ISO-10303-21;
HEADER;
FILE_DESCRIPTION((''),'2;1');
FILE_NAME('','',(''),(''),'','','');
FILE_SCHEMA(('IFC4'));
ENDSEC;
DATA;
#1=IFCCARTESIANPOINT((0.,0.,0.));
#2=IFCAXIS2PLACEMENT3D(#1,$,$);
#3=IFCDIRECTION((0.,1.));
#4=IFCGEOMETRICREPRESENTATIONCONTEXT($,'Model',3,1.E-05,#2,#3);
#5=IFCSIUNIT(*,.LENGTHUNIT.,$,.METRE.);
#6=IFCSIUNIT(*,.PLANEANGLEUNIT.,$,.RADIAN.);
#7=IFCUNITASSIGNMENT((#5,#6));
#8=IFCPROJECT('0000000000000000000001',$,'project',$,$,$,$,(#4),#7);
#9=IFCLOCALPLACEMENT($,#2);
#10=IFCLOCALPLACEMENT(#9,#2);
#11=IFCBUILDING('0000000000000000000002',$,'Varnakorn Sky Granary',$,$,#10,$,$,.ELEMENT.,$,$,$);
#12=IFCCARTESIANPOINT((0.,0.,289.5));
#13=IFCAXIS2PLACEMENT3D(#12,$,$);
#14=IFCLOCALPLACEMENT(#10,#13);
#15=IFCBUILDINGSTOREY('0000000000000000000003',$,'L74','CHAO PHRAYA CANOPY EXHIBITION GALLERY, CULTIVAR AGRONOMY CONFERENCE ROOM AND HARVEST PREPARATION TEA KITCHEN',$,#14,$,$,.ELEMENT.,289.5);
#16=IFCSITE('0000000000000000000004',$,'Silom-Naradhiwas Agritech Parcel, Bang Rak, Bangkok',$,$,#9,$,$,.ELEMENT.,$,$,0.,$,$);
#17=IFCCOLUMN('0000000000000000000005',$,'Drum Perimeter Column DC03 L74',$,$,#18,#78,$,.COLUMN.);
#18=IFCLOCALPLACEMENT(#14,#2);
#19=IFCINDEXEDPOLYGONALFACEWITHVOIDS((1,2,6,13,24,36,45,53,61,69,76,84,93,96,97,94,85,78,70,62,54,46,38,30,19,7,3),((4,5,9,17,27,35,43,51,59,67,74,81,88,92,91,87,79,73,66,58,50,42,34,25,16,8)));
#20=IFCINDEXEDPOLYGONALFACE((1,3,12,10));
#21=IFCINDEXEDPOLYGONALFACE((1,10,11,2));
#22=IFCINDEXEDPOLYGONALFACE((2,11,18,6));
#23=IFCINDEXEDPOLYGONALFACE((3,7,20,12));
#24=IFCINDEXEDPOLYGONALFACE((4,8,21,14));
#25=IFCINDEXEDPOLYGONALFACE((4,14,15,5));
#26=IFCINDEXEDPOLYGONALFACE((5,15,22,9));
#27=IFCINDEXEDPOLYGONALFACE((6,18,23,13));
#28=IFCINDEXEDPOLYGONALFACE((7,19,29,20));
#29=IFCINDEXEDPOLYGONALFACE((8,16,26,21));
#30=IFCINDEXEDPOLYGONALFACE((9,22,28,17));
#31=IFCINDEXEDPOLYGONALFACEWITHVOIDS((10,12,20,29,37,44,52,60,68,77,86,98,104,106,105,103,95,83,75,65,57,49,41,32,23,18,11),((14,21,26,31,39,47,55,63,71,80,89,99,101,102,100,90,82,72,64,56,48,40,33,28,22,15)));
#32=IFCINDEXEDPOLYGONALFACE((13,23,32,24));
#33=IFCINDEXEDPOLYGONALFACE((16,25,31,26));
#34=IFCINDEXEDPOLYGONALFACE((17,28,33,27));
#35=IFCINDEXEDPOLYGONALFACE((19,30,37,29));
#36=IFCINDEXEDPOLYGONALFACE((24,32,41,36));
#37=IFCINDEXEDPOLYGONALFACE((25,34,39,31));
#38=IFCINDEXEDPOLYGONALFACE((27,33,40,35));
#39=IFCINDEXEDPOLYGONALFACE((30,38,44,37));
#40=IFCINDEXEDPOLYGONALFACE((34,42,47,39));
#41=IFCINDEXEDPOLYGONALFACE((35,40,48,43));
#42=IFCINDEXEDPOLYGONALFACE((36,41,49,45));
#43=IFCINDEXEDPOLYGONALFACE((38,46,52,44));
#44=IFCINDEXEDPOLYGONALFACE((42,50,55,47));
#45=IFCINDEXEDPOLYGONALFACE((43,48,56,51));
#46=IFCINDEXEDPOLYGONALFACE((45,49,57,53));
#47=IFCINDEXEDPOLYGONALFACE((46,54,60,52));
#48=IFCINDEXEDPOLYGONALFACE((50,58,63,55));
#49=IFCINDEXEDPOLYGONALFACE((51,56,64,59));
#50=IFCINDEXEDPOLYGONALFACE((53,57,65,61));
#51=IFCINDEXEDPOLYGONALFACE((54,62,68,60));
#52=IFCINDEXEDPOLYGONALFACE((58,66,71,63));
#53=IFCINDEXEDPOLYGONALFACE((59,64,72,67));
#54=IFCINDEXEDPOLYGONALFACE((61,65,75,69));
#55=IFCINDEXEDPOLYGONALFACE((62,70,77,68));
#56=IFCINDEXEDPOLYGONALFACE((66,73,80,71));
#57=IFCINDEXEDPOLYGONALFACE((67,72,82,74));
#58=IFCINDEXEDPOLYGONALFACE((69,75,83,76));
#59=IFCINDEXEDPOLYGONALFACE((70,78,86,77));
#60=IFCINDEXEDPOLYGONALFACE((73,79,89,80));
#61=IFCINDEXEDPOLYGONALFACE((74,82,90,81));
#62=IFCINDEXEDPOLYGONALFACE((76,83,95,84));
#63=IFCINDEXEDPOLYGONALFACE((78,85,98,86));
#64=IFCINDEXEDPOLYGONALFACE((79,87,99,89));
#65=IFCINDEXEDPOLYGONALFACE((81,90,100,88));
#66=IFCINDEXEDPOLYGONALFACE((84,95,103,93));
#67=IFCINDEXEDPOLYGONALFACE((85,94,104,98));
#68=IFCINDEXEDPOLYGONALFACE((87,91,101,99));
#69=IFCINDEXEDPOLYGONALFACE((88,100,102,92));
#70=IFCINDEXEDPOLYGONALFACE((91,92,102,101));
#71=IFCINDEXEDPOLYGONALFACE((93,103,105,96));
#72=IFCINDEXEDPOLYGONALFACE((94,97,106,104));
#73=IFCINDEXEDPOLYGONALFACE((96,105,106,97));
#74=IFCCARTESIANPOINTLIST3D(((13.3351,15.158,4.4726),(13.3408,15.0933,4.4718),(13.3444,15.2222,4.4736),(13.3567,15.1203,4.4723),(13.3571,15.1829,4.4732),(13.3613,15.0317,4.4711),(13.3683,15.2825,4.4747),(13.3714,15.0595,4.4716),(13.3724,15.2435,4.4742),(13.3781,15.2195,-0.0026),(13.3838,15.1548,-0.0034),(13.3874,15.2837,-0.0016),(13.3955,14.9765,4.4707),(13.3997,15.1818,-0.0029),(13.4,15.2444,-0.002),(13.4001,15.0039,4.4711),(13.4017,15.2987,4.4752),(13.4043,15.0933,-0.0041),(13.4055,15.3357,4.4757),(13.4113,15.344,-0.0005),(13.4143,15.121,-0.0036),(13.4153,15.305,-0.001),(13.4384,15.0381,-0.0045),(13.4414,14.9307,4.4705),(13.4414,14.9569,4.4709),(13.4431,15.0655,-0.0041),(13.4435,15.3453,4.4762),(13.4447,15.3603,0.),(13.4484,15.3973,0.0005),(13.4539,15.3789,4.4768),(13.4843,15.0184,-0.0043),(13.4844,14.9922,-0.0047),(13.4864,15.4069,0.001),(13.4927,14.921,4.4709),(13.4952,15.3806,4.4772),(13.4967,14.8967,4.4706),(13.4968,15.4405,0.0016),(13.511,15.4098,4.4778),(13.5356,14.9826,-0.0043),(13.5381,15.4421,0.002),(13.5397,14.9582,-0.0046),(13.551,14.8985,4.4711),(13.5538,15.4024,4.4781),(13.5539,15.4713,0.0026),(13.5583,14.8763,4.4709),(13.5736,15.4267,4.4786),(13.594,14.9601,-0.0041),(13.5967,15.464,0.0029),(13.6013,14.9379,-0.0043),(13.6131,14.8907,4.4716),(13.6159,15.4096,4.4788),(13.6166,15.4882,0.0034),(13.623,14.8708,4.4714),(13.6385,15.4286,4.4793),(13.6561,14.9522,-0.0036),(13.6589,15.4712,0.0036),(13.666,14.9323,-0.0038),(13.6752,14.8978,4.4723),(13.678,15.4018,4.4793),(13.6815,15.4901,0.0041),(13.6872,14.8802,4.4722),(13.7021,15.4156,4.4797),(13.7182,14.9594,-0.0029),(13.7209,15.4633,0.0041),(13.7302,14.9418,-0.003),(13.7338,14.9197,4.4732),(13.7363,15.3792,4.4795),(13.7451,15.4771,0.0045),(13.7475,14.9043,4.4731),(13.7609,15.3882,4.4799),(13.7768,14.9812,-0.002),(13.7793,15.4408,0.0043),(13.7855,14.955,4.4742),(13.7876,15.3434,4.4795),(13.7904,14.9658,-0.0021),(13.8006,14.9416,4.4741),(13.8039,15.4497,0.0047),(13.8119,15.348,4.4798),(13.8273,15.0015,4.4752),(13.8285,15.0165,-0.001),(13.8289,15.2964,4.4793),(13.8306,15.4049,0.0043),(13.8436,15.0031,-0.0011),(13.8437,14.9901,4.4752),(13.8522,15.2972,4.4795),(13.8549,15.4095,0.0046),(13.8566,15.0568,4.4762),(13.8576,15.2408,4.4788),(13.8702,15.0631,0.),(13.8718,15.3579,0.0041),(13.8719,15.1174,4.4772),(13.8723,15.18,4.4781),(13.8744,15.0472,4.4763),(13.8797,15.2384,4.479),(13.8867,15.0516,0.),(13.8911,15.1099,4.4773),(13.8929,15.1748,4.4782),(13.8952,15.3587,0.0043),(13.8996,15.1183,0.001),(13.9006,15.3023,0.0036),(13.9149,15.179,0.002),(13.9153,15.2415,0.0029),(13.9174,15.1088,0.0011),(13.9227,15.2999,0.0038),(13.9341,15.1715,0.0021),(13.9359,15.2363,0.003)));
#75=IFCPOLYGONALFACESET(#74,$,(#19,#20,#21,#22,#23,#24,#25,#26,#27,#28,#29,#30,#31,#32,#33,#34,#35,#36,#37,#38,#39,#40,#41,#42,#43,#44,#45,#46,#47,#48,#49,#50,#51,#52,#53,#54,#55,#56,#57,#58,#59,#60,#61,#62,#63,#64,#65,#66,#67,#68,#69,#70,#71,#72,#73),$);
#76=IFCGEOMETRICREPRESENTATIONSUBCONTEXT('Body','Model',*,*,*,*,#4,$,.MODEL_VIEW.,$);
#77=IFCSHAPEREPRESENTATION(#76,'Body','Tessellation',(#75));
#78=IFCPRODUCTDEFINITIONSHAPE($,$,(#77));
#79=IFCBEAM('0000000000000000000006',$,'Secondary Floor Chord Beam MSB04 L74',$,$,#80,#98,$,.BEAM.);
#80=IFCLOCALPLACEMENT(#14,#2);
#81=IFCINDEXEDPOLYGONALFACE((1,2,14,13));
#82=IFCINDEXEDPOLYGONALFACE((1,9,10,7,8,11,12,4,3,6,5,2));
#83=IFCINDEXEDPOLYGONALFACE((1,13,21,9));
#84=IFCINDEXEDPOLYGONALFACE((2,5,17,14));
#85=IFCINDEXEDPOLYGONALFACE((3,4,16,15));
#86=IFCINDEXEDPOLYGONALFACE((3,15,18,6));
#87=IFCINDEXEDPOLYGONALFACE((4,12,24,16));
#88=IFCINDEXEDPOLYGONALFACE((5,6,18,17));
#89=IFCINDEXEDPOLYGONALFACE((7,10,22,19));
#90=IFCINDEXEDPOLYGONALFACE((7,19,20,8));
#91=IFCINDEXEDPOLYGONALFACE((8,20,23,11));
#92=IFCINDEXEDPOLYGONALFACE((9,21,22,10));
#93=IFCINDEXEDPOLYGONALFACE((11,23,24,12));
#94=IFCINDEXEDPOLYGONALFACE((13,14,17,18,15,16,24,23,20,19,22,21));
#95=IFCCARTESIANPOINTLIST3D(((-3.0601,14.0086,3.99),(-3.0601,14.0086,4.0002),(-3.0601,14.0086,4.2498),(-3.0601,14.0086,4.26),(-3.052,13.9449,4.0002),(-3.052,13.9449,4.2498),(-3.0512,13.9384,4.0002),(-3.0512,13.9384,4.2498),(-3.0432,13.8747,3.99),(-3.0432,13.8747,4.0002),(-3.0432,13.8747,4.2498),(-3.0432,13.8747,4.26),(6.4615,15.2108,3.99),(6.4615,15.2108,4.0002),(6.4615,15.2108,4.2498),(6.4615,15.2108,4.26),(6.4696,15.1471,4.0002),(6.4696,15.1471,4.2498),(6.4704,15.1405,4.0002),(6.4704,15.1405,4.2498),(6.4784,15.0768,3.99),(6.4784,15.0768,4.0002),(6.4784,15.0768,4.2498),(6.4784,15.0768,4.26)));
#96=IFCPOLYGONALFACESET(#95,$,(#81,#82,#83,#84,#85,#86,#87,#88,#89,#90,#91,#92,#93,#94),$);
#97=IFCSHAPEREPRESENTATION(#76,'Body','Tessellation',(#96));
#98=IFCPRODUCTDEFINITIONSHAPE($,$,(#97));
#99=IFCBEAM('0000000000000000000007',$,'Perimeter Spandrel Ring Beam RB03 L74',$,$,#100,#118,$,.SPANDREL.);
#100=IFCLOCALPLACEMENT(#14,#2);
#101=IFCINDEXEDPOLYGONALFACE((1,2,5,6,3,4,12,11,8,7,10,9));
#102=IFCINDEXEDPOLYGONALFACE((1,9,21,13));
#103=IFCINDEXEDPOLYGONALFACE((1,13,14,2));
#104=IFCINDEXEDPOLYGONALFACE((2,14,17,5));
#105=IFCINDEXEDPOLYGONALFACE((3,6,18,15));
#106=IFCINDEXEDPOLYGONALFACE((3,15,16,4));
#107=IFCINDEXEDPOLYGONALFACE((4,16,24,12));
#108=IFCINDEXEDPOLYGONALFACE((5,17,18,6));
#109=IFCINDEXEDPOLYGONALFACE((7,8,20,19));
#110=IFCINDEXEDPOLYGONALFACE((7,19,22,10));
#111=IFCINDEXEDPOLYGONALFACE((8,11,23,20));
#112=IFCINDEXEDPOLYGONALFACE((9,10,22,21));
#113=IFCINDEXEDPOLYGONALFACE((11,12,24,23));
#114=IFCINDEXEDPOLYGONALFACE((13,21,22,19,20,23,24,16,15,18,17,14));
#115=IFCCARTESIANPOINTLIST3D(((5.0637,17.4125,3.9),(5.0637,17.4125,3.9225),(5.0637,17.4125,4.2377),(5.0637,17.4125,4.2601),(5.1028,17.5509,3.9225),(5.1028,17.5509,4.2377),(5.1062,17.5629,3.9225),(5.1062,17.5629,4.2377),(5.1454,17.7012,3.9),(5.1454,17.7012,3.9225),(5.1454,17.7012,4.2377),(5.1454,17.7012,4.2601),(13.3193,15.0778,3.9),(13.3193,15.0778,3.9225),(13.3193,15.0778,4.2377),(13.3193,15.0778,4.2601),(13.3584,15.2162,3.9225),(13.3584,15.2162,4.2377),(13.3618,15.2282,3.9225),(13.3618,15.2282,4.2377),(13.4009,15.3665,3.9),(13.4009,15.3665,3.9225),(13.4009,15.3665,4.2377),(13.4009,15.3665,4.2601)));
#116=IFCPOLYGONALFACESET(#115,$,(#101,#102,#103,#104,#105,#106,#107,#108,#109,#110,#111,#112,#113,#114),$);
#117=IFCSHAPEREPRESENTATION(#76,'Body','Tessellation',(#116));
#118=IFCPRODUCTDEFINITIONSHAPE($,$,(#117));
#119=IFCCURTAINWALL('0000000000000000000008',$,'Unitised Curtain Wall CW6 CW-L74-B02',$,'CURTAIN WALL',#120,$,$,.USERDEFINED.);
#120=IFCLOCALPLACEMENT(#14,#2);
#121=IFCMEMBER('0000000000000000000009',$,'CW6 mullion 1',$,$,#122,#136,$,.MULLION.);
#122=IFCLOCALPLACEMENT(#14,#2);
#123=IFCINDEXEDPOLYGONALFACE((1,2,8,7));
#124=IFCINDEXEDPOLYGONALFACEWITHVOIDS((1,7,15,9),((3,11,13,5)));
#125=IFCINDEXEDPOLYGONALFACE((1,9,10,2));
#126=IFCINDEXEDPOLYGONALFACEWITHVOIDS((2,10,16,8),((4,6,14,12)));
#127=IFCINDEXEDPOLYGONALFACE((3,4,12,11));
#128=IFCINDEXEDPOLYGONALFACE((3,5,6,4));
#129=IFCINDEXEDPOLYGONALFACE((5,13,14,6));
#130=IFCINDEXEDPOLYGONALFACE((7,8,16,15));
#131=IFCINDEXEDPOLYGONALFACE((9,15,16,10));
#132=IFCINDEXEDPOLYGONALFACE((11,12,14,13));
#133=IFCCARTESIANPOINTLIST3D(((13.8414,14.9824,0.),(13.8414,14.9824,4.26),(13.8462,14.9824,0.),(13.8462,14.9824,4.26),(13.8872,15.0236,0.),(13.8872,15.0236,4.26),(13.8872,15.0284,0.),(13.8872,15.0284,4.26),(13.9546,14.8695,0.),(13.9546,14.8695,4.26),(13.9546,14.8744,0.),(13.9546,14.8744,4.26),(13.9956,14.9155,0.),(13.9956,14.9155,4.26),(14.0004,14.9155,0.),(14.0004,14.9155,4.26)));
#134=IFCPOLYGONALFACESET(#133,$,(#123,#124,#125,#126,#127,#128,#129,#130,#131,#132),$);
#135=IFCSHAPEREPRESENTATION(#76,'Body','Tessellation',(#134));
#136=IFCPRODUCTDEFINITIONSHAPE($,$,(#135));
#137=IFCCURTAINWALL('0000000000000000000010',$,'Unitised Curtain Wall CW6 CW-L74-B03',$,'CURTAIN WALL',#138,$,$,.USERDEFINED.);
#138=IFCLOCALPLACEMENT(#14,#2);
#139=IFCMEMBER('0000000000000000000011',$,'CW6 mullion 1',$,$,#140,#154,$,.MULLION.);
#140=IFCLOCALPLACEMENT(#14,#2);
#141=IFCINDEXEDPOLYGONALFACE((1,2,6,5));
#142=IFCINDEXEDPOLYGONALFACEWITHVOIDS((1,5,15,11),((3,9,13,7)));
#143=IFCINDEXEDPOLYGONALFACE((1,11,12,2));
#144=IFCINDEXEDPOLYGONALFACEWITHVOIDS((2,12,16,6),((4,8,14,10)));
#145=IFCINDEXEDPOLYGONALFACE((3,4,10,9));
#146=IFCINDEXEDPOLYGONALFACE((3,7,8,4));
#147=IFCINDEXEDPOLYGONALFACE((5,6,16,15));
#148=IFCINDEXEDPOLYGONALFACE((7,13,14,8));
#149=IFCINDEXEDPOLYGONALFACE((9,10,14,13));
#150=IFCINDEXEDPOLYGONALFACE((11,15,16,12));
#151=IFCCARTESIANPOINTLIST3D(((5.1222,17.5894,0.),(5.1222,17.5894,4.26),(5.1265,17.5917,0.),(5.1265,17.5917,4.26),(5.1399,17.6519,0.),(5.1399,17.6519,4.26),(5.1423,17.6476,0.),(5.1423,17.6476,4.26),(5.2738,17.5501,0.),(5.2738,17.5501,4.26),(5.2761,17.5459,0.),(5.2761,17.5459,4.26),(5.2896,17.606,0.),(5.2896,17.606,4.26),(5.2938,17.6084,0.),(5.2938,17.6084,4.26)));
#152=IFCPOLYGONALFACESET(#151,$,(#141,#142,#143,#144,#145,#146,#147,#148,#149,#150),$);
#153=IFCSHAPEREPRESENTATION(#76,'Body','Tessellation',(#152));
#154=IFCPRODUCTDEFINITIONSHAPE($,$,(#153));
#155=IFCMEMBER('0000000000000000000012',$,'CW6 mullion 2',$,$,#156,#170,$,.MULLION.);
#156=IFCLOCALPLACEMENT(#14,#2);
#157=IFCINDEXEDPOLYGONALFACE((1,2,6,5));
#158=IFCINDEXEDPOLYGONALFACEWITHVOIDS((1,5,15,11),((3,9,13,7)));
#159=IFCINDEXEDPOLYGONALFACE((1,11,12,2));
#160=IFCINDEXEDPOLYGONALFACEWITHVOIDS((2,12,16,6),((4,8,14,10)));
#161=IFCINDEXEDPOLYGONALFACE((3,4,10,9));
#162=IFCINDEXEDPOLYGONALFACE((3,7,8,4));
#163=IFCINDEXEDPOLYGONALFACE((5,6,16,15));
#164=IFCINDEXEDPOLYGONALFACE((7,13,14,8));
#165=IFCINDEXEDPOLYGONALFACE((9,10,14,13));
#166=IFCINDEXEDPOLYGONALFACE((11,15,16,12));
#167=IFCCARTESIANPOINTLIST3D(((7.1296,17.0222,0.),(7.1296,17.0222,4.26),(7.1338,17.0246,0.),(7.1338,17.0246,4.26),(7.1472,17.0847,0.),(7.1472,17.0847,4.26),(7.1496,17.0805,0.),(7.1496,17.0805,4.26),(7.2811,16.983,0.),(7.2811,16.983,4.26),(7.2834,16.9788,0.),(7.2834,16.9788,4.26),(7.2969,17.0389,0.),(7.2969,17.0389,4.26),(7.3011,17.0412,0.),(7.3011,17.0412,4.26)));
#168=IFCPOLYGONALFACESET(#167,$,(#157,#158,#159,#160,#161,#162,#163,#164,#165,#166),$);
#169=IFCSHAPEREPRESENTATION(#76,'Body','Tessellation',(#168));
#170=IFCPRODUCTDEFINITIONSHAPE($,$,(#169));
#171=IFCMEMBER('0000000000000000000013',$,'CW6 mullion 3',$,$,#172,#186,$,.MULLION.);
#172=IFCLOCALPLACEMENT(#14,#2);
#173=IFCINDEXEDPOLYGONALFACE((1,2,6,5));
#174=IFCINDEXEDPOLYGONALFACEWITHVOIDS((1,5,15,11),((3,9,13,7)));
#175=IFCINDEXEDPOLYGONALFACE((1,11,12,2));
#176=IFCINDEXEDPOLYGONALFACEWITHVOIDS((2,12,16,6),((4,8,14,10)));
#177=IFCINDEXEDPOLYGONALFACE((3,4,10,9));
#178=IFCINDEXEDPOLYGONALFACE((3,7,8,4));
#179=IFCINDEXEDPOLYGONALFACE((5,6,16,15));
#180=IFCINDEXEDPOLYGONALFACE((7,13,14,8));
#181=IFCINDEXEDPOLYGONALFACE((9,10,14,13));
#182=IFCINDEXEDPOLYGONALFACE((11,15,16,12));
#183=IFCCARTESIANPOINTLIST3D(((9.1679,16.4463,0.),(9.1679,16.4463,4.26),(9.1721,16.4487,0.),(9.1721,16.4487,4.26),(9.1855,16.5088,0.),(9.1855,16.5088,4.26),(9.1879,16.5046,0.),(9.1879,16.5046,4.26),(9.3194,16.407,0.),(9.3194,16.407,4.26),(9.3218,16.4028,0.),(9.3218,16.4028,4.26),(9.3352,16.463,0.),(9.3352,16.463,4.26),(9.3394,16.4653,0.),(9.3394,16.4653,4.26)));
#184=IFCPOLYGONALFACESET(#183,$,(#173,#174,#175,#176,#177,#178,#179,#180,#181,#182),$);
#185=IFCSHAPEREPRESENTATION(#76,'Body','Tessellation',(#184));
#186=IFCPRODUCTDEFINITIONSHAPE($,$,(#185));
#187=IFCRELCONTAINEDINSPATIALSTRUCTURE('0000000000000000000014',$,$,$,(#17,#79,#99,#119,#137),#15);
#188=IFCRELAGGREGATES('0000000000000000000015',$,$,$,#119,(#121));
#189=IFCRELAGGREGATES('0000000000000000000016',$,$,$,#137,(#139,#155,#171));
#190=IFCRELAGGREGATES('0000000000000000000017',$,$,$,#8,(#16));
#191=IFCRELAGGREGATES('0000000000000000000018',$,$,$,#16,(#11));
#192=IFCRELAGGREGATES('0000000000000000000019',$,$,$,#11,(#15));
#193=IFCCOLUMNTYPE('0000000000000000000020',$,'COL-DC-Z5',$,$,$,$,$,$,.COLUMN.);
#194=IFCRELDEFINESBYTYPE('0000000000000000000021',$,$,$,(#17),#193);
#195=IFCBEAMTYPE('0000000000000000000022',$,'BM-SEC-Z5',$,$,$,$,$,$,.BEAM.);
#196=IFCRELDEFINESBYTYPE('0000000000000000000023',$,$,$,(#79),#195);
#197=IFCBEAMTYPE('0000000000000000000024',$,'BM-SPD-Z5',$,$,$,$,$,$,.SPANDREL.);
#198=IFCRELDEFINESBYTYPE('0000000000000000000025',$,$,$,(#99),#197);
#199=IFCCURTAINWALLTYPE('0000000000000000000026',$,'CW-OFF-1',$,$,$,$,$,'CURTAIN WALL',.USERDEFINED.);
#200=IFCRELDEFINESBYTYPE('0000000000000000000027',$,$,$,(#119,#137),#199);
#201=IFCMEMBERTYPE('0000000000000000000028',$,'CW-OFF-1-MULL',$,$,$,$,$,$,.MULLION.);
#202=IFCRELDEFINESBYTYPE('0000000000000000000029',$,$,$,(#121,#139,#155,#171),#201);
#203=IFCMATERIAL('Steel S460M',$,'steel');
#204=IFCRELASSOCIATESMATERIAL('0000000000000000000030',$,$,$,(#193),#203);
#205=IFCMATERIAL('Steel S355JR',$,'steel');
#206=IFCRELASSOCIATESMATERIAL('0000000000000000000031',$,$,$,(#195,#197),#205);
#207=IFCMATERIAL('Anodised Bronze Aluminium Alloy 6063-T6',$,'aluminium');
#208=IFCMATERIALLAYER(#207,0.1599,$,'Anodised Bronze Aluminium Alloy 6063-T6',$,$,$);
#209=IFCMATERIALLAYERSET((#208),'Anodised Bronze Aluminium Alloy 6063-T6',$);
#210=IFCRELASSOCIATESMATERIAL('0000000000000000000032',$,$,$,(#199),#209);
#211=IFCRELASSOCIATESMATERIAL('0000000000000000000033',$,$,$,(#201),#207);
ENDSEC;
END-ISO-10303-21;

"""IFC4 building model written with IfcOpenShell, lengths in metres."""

from ifc_helpers import new_model, si_unit, direction, frame, origin, origin_2d, place, context, subcontext, project, spatial, hollow_rectangle, hollow_circle, i_section, extrude, material, layer, layer_set, material_profile, profile_set, type_object, element, aggregate, save


model = new_model("IFC4")

# Units and contexts
model_context = context("Model", 3, precision=1e-05, world=origin(), true_north=direction((0.0, 1.0)))
body_context = subcontext(model_context, "Body", "Model", "MODEL_VIEW")
ifc_project = project(units=[si_unit("LENGTHUNIT", "METRE"), si_unit("PLANEANGLEUNIT", "RADIAN")], contexts=[model_context])

# Site, building, storey
site_placement = place(None, origin())
site = spatial("IfcSite", under=ifc_project, at=site_placement, Name="Silom-Naradhiwas Agritech Parcel, Bang Rak, Bangkok", CompositionType="ELEMENT", RefElevation=0.0)
building_placement = place(site_placement, origin())
building = spatial("IfcBuilding", under=site, at=building_placement, Name="Varnakorn Sky Granary", CompositionType="ELEMENT")
storey_placement = place(building_placement, frame((0.0, 0.0, 289.5)))
storey = spatial("IfcBuildingStorey", under=building, at=storey_placement, Name="L74", Description="CHAO PHRAYA CANOPY EXHIBITION GALLERY, CULTIVAR AGRONOMY CONFERENCE ROOM AND HARVEST PREPARATION TEA KITCHEN", CompositionType="ELEMENT", Elevation=289.5)

# Column
ifc_material_1 = material(Name="Steel S460M", Category="steel")
ifc_material_profile_1 = material_profile(ifc_material_1, hollow_circle(Radius=0.2795, WallThickness=0.02, at=origin_2d()), Name="CHS 559x20")
ifc_profile_set_1 = profile_set([ifc_material_profile_1], Name="Steel S460M")
column_type = type_object("IfcColumnType", Name="COL-DC-Z5", PredefinedType="COLUMN", material=ifc_profile_set_1)
column_placement = place(storey_placement, frame((13.6575, 15.2117, 0.0), z_axis=(-0.0096, -0.013746, 0.999859), x_axis=(0.819843, -0.572589, 0.0)))
element("IfcColumn", 1, at=column_placement, inside=storey, type_object=column_type, Name="Drum Perimeter Column DC03 L74", PredefinedType="COLUMN", context=body_context, shape_type="SweptSolid", body=[
    extrude(hollow_circle(Radius=0.2795, WallThickness=0.02, at=origin_2d()), origin(), (0.0, 0.0, 1.0), 4.4758),
])

# Beams
ifc_material_2 = material(Name="Steel S355JR", Category="steel")
ifc_material_profile_2 = material_profile(ifc_material_2, i_section(OverallWidth=0.135, OverallDepth=0.27, WebThickness=0.0066, FlangeThickness=0.0103, at=origin_2d()), Name="IPE 270")
ifc_profile_set_2 = profile_set([ifc_material_profile_2], Name="Steel S355JR")
beam_type_1 = type_object("IfcBeamType", Name="BM-SEC-Z5", PredefinedType="BEAM", material=ifc_profile_set_2)
beam_1_placement = place(storey_placement, frame((6.47, 15.1438, 4.125), z_axis=(-0.992124, -0.125262, 0.0), x_axis=(0.125262, -0.992124, 0.0)))
element("IfcBeam", 2, at=beam_1_placement, inside=storey, type_object=beam_type_1, Name="Secondary Floor Chord Beam MSB04 L74", PredefinedType="BEAM", context=body_context, shape_type="SweptSolid", body=[
    extrude(i_section(OverallWidth=0.135, OverallDepth=0.27, WebThickness=0.0066, FlangeThickness=0.0103, at=origin_2d()), origin(), (0.0, 0.0, 1.0), 9.5972),
])
ifc_material_profile_3 = material_profile(ifc_material_2, i_section(OverallWidth=0.3, OverallDepth=0.3601, WebThickness=0.0125, FlangeThickness=0.0225, at=origin_2d()), Name="HE 360 B")
ifc_profile_set_3 = profile_set([ifc_material_profile_3], Name="Steel S355JR")
beam_type_2 = type_object("IfcBeamType", Name="BM-SPD-Z5", PredefinedType="SPANDREL", material=ifc_profile_set_3)
beam_2_placement = place(storey_placement, frame((13.3601, 15.2222, 4.0801), z_axis=(-0.96226, 0.272131, 0.0), x_axis=(-0.272131, -0.96226, 0.0)))
element("IfcBeam", 3, at=beam_2_placement, inside=storey, type_object=beam_type_2, Name="Perimeter Spandrel Ring Beam RB03 L74", PredefinedType="SPANDREL", context=body_context, shape_type="SweptSolid", body=[
    extrude(i_section(OverallWidth=0.3, OverallDepth=0.3601, WebThickness=0.0125, FlangeThickness=0.0225, at=origin_2d()), origin(), (0.0, 0.0, 1.0), 8.5793),
])

# Curtain wall, member
ifc_material_3 = material(Name="Anodised Bronze Aluminium Alloy 6063-T6", Category="aluminium")
ifc_layer_1 = layer(ifc_material_3, 0.1599, Name="Anodised Bronze Aluminium Alloy 6063-T6")
ifc_layer_set_1 = layer_set([ifc_layer_1], Name="Anodised Bronze Aluminium Alloy 6063-T6")
curtain_wall_type = type_object("IfcCurtainWallType", Name="CW-OFF-1", ElementType="CURTAIN WALL", PredefinedType="USERDEFINED", material=ifc_layer_set_1)
curtain_wall_1_placement = place(storey_placement, origin())
curtain_wall_1 = element("IfcCurtainWall", 4, at=curtain_wall_1_placement, inside=storey, type_object=curtain_wall_type, Name="Unitised Curtain Wall CW6 CW-L74-B02", ObjectType="CURTAIN WALL", PredefinedType="USERDEFINED")
ifc_material_profile_4 = material_profile(ifc_material_3, hollow_rectangle(XDim=0.0649, YDim=0.1599, WallThickness=0.0034, at=origin_2d()), Name="ALU MULL 65x160")
ifc_profile_set_4 = profile_set([ifc_material_profile_4], Name="Anodised Bronze Aluminium Alloy 6063-T6")
member_type_1 = type_object("IfcMemberType", Name="CW-OFF-1-MULL", PredefinedType="MULLION", material=ifc_profile_set_4)
member_1_placement = place(storey_placement, frame((13.9209, 14.949, 0.0), z_axis=(0.0, 0.0, 1.0), x_axis=(0.706103, 0.708109, 0.0)))
member_1 = element("IfcMember", 5, at=member_1_placement, type_object=member_type_1, Name="CW6 mullion 1", PredefinedType="MULLION", context=body_context, shape_type="SweptSolid", body=[
    extrude(hollow_rectangle(XDim=0.0649, YDim=0.1599, WallThickness=0.0034, at=origin_2d()), origin(), (0.0, 0.0, 1.0), 4.26),
])

# Curtain wall, members
curtain_wall_2_placement = place(storey_placement, origin())
curtain_wall_2 = element("IfcCurtainWall", 6, at=curtain_wall_2_placement, inside=storey, type_object=curtain_wall_type, Name="Unitised Curtain Wall CW6 CW-L74-B03", ObjectType="CURTAIN WALL", PredefinedType="USERDEFINED")
member_2_placement = place(storey_placement, frame((5.208, 17.5989, 0.0), z_axis=(0.0, 0.0, 1.0), x_axis=(0.271878, 0.962332, 0.0)))
member_2 = element("IfcMember", 7, at=member_2_placement, type_object=member_type_1, Name="CW6 mullion 1", PredefinedType="MULLION", context=body_context, shape_type="SweptSolid", body=[
    extrude(hollow_rectangle(XDim=0.0649, YDim=0.1599, WallThickness=0.0034, at=origin_2d()), origin(), (0.0, 0.0, 1.0), 4.26),
])
member_3_placement = place(storey_placement, frame((7.2153, 17.0317, 0.0), z_axis=(0.0, 0.0, 1.0), x_axis=(0.271878, 0.962332, 0.0)))
member_3 = element("IfcMember", 8, at=member_3_placement, type_object=member_type_1, Name="CW6 mullion 2", PredefinedType="MULLION", context=body_context, shape_type="SweptSolid", body=[
    extrude(hollow_rectangle(XDim=0.0649, YDim=0.1599, WallThickness=0.0034, at=origin_2d()), origin(), (0.0, 0.0, 1.0), 4.26),
])
member_4_placement = place(storey_placement, frame((9.2537, 16.4558, 0.0), z_axis=(0.0, 0.0, 1.0), x_axis=(0.271878, 0.962332, 0.0)))
member_4 = element("IfcMember", 9, at=member_4_placement, type_object=member_type_1, Name="CW6 mullion 3", PredefinedType="MULLION", context=body_context, shape_type="SweptSolid", body=[
    extrude(hollow_rectangle(XDim=0.0649, YDim=0.1599, WallThickness=0.0034, at=origin_2d()), origin(), (0.0, 0.0, 1.0), 4.26),
])

aggregate(curtain_wall_1, [member_1])

aggregate(curtain_wall_2, [member_2, member_3, member_4])

save(model, "model.ifc")
